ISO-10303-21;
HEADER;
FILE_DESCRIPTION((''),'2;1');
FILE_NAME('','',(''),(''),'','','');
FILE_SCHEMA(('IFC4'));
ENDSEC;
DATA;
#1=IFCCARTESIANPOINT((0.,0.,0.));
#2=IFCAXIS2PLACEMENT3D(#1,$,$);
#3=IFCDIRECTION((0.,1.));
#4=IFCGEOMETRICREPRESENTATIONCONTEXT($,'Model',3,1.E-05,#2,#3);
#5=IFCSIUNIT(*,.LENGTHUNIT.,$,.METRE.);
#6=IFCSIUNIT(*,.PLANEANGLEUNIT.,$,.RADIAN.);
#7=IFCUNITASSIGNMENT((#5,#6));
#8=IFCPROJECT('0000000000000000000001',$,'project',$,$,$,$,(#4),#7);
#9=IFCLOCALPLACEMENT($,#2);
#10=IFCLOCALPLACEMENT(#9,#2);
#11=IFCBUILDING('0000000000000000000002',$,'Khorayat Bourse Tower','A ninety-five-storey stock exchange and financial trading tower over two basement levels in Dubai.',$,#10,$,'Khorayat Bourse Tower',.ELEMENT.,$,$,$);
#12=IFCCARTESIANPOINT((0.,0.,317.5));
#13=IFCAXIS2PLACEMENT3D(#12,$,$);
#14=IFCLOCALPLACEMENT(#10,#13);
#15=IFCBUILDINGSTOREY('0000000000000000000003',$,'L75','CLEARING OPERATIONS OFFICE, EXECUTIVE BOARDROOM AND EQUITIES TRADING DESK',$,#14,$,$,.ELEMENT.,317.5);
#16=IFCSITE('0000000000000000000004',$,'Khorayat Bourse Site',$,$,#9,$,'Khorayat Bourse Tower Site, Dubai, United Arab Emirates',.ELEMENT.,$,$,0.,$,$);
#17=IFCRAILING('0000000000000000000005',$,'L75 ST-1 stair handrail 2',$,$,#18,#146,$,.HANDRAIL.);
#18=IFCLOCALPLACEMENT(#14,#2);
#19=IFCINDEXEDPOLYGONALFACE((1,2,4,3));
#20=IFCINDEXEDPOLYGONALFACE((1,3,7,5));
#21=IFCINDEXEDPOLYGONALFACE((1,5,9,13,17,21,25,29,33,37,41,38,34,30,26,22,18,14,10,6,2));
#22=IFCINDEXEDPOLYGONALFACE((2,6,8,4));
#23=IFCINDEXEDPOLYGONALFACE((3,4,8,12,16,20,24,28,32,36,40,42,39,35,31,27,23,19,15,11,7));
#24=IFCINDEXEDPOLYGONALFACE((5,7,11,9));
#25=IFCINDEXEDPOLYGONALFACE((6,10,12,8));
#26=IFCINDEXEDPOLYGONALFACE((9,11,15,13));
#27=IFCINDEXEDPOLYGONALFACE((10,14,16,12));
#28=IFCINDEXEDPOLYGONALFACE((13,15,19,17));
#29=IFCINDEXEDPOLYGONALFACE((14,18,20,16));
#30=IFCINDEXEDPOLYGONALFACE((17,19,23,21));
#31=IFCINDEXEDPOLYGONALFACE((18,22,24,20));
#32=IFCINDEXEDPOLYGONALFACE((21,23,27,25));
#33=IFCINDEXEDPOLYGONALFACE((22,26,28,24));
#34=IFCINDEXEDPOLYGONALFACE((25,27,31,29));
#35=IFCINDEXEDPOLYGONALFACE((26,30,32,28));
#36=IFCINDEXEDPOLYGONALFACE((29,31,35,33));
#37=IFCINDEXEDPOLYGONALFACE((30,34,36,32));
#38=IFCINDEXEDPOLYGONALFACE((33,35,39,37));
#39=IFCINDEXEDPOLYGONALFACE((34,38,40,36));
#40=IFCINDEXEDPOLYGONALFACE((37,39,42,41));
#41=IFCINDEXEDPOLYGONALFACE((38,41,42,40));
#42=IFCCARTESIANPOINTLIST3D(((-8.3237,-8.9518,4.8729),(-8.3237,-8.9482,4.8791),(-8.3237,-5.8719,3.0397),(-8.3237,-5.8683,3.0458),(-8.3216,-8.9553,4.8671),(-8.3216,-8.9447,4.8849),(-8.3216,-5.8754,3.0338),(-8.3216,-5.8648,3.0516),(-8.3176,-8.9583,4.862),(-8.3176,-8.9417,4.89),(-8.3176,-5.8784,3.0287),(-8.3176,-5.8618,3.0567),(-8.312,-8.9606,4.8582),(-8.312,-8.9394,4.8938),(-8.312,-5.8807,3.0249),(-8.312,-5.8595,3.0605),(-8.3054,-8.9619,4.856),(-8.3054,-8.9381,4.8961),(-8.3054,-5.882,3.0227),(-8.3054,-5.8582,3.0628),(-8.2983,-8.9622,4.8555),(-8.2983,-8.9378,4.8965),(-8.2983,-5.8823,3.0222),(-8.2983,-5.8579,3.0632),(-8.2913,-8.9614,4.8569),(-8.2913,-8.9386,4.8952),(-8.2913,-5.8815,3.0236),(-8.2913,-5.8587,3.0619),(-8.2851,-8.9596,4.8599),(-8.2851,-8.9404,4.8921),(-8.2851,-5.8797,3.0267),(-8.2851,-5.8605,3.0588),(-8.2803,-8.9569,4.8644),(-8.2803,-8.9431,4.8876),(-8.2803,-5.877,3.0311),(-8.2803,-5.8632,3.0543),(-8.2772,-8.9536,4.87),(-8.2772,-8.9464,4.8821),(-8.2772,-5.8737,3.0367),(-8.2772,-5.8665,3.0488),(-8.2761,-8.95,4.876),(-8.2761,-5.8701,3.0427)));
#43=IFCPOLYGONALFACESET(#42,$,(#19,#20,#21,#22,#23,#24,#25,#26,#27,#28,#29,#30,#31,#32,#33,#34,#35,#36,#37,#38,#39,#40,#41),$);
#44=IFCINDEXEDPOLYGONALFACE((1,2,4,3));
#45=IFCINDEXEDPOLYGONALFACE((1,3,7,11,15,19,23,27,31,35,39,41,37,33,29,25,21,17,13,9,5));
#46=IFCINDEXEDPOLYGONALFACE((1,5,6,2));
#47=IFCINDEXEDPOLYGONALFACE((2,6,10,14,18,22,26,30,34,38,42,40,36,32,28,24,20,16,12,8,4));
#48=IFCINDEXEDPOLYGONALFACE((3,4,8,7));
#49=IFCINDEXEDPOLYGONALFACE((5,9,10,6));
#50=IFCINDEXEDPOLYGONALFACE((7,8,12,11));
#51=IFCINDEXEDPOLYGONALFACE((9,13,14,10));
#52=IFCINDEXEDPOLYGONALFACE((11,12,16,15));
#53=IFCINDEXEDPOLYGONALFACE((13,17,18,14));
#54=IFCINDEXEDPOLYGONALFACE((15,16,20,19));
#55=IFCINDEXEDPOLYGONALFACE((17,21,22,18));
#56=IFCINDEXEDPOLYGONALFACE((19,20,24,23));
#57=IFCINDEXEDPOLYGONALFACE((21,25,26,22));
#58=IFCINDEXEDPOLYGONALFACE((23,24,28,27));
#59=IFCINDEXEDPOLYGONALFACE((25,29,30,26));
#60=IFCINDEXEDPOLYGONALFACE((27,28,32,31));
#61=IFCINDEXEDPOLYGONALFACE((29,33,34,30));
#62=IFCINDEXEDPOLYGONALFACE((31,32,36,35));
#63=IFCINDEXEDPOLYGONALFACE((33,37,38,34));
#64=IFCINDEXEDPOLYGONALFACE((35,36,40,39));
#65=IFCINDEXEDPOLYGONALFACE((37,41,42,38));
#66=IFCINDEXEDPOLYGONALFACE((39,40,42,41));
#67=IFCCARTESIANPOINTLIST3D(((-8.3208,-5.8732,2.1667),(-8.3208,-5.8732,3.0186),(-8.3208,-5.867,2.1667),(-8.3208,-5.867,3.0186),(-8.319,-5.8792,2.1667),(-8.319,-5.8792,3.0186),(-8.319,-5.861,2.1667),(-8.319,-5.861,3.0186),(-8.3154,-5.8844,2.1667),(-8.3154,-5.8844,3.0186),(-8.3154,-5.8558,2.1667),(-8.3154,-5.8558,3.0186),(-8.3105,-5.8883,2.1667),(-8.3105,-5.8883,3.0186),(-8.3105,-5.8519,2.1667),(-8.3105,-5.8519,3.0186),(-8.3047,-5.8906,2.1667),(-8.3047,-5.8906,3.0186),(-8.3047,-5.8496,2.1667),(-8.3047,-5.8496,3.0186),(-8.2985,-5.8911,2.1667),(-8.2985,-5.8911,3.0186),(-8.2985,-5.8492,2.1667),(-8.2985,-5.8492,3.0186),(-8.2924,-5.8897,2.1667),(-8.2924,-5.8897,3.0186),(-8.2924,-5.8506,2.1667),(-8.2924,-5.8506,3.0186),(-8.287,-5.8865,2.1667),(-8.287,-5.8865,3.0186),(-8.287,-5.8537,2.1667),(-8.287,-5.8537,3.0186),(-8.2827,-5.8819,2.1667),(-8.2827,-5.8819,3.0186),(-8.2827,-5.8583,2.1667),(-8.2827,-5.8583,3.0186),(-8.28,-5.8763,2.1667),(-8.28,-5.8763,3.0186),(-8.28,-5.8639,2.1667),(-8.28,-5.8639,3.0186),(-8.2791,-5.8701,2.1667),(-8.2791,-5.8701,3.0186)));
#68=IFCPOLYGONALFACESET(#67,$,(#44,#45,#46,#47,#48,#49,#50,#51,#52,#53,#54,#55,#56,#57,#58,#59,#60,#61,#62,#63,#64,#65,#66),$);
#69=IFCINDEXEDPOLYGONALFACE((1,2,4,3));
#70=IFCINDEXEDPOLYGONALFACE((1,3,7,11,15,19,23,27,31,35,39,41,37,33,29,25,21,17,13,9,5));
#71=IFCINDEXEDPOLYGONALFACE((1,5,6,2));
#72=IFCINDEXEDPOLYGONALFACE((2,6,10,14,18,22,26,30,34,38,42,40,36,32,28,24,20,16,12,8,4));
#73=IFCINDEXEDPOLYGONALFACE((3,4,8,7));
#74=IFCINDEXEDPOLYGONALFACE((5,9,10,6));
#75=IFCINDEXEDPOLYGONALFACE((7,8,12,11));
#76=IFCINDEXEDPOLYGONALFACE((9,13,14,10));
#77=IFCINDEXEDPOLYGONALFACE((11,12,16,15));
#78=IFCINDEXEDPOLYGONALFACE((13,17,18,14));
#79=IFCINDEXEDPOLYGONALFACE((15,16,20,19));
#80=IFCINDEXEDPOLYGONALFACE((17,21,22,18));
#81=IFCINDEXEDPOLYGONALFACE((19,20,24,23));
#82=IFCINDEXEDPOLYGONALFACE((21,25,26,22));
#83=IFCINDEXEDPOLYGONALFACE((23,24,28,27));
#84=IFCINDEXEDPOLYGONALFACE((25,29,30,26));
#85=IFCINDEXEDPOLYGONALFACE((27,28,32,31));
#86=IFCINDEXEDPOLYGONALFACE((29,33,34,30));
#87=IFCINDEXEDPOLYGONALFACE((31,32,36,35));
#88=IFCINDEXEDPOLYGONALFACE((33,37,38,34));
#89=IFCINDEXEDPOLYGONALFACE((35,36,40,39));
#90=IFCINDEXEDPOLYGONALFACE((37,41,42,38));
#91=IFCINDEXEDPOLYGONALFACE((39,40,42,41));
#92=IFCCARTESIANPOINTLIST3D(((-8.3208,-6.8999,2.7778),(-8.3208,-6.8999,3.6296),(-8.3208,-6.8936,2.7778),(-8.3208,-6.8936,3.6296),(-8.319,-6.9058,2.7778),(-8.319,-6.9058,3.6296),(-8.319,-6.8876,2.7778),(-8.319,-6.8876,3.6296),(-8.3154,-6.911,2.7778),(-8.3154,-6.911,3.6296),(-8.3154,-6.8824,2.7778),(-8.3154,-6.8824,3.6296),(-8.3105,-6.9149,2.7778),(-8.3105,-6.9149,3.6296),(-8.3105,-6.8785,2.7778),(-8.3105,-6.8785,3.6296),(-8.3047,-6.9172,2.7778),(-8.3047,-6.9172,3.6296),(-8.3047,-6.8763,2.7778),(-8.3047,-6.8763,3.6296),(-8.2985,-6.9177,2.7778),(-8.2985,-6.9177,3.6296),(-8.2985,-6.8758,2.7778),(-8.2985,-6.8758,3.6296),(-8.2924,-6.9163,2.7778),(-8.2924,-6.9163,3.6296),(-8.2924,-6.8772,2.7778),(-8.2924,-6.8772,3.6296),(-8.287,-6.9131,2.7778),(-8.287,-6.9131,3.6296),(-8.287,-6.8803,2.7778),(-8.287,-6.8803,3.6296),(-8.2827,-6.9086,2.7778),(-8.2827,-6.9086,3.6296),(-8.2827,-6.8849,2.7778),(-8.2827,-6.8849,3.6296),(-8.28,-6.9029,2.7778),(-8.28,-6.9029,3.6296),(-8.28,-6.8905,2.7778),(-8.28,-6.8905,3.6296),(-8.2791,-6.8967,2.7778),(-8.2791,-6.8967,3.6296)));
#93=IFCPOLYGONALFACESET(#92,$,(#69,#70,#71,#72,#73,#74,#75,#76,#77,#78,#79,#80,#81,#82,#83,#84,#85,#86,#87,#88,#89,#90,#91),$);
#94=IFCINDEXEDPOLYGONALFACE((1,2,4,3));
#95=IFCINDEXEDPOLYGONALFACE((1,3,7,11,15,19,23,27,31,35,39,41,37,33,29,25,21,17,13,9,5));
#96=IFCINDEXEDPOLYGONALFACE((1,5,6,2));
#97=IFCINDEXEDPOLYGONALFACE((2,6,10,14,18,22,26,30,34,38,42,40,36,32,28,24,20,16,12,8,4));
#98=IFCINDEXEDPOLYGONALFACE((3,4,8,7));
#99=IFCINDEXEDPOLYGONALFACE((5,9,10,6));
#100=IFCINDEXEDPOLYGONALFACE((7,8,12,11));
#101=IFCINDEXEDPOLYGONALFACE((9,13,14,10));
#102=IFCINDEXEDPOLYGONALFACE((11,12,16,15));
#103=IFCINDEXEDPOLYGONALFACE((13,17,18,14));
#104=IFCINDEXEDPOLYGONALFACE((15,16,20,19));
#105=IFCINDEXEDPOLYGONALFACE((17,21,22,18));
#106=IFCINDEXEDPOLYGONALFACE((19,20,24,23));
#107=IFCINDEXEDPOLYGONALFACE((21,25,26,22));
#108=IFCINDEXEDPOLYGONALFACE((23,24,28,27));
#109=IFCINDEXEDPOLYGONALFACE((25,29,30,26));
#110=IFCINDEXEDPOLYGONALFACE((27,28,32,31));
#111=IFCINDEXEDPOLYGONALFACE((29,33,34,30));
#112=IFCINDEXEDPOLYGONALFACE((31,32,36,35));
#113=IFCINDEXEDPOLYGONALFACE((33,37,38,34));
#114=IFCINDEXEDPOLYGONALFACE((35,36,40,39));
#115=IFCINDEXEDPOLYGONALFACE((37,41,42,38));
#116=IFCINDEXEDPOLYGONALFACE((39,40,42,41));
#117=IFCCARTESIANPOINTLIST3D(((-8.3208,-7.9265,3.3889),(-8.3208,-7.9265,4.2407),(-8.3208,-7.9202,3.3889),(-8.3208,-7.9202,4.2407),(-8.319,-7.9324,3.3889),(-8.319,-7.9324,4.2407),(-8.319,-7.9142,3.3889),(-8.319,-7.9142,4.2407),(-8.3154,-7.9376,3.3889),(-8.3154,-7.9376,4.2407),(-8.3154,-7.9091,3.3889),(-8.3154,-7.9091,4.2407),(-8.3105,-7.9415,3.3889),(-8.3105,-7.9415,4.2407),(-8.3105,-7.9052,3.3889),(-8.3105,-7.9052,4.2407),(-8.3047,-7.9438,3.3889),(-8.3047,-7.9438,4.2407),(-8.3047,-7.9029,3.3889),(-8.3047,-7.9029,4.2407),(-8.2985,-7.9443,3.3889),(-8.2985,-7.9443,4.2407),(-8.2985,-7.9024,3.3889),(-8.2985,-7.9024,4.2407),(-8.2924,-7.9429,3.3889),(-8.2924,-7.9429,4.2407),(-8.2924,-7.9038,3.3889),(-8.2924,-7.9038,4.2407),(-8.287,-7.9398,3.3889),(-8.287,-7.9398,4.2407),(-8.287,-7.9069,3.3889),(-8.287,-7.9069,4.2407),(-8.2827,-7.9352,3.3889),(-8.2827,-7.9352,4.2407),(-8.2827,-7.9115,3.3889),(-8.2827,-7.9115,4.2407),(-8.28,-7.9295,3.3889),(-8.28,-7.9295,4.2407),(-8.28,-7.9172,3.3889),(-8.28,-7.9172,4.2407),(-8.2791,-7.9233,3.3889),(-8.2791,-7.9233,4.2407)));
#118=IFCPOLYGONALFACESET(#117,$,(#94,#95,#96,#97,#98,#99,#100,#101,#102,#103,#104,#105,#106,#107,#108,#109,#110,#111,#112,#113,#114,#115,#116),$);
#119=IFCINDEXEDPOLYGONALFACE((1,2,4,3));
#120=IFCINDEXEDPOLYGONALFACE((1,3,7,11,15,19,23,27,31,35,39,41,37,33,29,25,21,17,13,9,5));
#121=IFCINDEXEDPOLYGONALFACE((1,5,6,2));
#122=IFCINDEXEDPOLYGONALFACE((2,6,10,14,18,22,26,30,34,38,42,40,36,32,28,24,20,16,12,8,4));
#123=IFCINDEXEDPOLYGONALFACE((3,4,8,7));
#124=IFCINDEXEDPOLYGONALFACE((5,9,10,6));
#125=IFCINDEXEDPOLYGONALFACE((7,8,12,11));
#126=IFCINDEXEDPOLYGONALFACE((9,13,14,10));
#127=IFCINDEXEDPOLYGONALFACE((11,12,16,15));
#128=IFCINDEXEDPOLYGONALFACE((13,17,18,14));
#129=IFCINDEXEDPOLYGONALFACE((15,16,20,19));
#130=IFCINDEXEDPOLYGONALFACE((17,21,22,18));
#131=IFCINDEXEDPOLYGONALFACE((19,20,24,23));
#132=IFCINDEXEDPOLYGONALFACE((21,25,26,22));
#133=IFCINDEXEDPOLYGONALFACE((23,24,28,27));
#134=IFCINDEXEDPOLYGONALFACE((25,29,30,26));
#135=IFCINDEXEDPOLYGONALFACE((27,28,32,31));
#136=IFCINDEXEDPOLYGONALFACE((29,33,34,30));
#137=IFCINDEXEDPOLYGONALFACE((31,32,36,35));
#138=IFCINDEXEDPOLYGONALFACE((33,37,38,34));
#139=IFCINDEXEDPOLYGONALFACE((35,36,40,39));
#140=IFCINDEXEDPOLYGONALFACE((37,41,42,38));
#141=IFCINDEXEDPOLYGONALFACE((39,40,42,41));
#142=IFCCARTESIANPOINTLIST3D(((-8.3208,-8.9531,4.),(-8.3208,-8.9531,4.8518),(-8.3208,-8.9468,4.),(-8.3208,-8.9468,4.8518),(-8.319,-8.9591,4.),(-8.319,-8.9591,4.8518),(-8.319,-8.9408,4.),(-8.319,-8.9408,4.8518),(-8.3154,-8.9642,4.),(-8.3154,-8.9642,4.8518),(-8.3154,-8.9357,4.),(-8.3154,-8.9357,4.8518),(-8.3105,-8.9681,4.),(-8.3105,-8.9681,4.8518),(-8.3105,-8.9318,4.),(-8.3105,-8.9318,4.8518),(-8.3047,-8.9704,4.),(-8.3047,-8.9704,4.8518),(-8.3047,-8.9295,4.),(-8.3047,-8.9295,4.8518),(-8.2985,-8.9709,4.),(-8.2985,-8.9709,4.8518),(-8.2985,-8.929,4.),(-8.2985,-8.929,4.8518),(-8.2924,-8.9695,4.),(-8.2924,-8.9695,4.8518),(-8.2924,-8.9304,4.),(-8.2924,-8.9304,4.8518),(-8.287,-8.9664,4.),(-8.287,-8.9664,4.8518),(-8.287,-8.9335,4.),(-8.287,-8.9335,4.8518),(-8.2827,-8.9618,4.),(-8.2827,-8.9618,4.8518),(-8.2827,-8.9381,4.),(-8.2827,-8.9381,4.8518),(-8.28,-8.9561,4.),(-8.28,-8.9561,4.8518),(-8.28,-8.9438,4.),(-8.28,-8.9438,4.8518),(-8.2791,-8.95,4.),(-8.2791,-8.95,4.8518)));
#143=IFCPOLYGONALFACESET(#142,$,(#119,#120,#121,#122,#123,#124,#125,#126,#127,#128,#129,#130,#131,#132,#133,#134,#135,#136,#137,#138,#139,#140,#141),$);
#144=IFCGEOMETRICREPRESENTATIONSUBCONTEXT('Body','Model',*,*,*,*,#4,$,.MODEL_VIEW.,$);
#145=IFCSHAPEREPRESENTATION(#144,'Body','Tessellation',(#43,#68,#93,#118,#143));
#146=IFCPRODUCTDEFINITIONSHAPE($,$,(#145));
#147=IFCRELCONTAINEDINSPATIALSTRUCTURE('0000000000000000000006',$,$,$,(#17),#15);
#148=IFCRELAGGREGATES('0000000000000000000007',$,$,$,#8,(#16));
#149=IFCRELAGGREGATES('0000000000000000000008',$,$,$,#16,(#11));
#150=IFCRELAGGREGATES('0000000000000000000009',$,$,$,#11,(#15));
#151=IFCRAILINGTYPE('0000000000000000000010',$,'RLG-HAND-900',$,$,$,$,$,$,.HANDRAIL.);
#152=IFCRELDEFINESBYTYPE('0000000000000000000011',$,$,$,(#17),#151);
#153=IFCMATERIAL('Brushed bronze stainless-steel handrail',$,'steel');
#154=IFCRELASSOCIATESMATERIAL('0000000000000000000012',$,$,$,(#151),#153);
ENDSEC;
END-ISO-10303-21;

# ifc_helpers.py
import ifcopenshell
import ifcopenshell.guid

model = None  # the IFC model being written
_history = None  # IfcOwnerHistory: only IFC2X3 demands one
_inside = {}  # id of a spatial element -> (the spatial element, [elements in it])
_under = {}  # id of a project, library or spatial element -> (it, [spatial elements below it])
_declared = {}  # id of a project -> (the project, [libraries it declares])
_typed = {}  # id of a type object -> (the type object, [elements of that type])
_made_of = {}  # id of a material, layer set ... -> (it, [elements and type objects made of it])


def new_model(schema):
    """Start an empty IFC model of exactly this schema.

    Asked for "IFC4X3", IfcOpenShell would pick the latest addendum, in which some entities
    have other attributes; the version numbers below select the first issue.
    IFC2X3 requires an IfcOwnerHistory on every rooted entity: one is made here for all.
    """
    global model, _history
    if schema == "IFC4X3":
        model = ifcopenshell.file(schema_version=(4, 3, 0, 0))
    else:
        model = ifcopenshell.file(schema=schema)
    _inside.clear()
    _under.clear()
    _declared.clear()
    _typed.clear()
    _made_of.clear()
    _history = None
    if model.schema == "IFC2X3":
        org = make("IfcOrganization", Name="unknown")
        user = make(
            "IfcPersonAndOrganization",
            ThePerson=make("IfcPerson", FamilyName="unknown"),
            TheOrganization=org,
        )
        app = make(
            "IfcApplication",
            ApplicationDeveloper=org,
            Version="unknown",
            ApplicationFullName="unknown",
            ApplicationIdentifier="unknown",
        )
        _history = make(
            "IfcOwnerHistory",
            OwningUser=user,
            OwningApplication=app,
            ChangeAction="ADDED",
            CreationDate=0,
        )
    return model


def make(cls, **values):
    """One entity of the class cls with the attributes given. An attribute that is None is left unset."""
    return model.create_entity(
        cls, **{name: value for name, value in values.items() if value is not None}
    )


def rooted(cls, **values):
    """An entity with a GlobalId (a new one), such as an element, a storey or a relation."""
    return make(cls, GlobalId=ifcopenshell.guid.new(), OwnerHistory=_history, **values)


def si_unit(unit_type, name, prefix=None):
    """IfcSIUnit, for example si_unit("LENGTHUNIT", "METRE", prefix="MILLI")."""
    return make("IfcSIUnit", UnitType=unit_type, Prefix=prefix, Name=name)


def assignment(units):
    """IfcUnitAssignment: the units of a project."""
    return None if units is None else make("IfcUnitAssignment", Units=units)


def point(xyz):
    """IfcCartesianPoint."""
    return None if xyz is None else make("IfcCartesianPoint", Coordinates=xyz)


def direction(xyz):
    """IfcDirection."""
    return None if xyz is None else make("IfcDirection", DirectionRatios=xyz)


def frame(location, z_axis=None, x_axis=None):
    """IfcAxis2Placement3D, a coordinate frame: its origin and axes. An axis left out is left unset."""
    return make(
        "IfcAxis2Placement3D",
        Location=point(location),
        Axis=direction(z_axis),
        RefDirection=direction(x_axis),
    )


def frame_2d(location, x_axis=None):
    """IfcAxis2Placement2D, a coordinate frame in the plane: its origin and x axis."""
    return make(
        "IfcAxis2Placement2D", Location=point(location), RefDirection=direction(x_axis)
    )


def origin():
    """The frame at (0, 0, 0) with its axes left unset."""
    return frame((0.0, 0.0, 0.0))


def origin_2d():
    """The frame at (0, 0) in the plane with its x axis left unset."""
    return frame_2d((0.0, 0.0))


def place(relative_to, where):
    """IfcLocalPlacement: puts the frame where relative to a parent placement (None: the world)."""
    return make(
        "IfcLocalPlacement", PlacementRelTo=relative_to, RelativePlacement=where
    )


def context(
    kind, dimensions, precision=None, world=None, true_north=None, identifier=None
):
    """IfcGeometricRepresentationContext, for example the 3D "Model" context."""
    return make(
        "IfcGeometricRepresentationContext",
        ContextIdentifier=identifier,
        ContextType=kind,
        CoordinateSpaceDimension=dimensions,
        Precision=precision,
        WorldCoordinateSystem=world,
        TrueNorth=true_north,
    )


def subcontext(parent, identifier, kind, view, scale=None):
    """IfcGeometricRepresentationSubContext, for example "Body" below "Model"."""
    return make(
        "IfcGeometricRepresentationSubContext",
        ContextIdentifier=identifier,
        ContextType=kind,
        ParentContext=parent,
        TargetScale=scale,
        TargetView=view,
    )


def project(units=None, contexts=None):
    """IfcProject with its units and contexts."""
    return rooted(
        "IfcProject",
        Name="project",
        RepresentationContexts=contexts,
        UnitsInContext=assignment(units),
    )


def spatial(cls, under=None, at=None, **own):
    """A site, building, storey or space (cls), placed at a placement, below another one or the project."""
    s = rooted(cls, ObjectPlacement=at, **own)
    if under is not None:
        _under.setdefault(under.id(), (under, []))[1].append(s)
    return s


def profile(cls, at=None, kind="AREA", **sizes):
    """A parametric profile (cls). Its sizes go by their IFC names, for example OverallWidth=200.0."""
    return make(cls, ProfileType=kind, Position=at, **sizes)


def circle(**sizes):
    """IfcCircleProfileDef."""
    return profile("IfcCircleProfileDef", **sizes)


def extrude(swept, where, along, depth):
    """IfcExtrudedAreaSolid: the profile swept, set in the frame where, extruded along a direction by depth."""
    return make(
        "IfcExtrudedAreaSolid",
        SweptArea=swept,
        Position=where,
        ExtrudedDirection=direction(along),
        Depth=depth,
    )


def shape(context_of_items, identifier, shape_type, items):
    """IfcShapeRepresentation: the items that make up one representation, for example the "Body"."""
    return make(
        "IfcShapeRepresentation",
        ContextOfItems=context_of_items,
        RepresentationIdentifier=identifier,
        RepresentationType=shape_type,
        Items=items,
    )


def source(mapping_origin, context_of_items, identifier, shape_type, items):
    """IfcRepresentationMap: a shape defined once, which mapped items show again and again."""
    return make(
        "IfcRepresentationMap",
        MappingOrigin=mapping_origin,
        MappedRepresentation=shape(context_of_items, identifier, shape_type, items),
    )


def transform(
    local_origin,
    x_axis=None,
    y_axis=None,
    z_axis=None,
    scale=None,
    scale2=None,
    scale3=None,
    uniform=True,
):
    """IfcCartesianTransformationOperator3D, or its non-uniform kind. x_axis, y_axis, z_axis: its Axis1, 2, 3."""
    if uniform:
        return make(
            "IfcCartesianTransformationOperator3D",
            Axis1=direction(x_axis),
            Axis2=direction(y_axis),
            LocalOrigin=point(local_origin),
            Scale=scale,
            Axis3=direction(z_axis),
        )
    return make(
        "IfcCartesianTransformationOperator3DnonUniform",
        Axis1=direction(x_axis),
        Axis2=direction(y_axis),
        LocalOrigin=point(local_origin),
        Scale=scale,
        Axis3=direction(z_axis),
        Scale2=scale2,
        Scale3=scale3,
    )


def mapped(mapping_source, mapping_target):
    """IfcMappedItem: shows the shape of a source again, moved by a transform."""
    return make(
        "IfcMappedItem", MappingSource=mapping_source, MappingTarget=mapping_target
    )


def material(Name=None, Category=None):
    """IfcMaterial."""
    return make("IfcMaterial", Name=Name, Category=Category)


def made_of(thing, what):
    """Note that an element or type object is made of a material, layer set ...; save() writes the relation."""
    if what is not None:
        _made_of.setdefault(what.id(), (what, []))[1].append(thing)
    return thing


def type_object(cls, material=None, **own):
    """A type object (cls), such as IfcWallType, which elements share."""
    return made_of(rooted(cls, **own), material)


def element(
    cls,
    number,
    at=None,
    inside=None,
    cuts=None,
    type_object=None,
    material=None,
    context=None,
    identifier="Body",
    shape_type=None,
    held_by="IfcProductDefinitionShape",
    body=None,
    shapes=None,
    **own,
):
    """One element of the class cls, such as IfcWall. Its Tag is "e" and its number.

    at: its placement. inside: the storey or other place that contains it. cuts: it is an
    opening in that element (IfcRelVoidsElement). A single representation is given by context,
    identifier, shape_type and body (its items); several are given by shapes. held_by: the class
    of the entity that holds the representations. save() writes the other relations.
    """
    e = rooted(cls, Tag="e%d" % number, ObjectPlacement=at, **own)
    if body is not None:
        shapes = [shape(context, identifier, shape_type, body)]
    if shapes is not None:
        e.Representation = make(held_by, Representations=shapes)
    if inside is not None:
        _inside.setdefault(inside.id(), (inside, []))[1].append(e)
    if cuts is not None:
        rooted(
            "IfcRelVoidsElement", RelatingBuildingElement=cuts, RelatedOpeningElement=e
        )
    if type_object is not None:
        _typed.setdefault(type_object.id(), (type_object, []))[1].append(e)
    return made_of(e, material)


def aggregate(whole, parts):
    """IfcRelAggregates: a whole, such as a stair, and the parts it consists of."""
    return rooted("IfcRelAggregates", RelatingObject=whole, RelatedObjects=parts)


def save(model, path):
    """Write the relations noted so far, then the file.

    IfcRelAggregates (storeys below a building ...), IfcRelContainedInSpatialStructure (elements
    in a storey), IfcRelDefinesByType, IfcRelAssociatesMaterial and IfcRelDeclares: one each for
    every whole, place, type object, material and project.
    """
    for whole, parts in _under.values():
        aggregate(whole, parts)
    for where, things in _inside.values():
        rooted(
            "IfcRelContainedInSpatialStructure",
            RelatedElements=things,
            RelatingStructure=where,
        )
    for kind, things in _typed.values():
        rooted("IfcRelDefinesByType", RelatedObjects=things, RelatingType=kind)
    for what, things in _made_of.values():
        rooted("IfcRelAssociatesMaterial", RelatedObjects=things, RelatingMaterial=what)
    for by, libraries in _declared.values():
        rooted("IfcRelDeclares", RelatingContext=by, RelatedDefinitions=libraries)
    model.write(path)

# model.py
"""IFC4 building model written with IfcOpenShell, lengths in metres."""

from ifc_helpers import new_model, si_unit, direction, frame, origin, origin_2d, place, context, subcontext, project, spatial, circle, extrude, source, transform, mapped, material, type_object, element, save


model = new_model("IFC4")

# Units and contexts
model_context = context("Model", 3, precision=1e-05, world=origin(), true_north=direction((0.0, 1.0)))
body_context = subcontext(model_context, "Body", "Model", "MODEL_VIEW")
ifc_project = project(units=[si_unit("LENGTHUNIT", "METRE"), si_unit("PLANEANGLEUNIT", "RADIAN")], contexts=[model_context])

# Site, building, storey
site_placement = place(None, origin())
site = spatial("IfcSite", under=ifc_project, at=site_placement, Name="Khorayat Bourse Site", LongName="Khorayat Bourse Tower Site, Dubai, United Arab Emirates", CompositionType="ELEMENT", RefElevation=0.0)
building_placement = place(site_placement, origin())
building = spatial("IfcBuilding", under=site, at=building_placement, Name="Khorayat Bourse Tower", Description="A ninety-five-storey stock exchange and financial trading tower over two basement levels in Dubai.", LongName="Khorayat Bourse Tower", CompositionType="ELEMENT")
storey_placement = place(building_placement, frame((0.0, 0.0, 317.5)))
storey = spatial("IfcBuildingStorey", under=building, at=storey_placement, Name="L75", Description="CLEARING OPERATIONS OFFICE, EXECUTIVE BOARDROOM AND EQUITIES TRADING DESK", CompositionType="ELEMENT", Elevation=317.5)

# Railing
ifc_material_1 = material(Name="Brushed bronze stainless-steel handrail", Category="steel")
railing_type_1 = type_object("IfcRailingType", Name="RLG-HAND-900", PredefinedType="HANDRAIL", material=ifc_material_1)
shared_shape_1 = source(origin(), body_context, "Body", "SweptSolid", [
    extrude(circle(Radius=0.0239, at=origin_2d()), frame((0.0, 0.0, 0.876), z_axis=(0.0, -0.859291, 0.511487), x_axis=(1.0, 0.0, 0.0)), (0.0, 0.0, 1.0), 3.5842),
    extrude(circle(Radius=0.021, at=origin_2d()), origin(), (0.0, 0.0, 1.0), 0.8518),
    extrude(circle(Radius=0.021, at=origin_2d()), frame((0.0, -1.0266, 0.6111)), (0.0, 0.0, 1.0), 0.8518),
    extrude(circle(Radius=0.021, at=origin_2d()), frame((0.0, -2.0532, 1.2222)), (0.0, 0.0, 1.0), 0.8518),
    extrude(circle(Radius=0.021, at=origin_2d()), frame((0.0, -3.0798, 1.8333)), (0.0, 0.0, 1.0), 0.8518),
])
railing_1_placement = place(storey_placement, frame((-8.3, -5.8701, 2.1667)))
element("IfcRailing", 1, at=railing_1_placement, inside=storey, type_object=railing_type_1, Name="L75 ST-1 stair handrail 2", PredefinedType="HANDRAIL", context=body_context, shape_type="MappedRepresentation", body=[
    mapped(shared_shape_1, transform((0.0, 0.0, 0.0), scale=1.0)),
])

save(model, "model.ifc")
